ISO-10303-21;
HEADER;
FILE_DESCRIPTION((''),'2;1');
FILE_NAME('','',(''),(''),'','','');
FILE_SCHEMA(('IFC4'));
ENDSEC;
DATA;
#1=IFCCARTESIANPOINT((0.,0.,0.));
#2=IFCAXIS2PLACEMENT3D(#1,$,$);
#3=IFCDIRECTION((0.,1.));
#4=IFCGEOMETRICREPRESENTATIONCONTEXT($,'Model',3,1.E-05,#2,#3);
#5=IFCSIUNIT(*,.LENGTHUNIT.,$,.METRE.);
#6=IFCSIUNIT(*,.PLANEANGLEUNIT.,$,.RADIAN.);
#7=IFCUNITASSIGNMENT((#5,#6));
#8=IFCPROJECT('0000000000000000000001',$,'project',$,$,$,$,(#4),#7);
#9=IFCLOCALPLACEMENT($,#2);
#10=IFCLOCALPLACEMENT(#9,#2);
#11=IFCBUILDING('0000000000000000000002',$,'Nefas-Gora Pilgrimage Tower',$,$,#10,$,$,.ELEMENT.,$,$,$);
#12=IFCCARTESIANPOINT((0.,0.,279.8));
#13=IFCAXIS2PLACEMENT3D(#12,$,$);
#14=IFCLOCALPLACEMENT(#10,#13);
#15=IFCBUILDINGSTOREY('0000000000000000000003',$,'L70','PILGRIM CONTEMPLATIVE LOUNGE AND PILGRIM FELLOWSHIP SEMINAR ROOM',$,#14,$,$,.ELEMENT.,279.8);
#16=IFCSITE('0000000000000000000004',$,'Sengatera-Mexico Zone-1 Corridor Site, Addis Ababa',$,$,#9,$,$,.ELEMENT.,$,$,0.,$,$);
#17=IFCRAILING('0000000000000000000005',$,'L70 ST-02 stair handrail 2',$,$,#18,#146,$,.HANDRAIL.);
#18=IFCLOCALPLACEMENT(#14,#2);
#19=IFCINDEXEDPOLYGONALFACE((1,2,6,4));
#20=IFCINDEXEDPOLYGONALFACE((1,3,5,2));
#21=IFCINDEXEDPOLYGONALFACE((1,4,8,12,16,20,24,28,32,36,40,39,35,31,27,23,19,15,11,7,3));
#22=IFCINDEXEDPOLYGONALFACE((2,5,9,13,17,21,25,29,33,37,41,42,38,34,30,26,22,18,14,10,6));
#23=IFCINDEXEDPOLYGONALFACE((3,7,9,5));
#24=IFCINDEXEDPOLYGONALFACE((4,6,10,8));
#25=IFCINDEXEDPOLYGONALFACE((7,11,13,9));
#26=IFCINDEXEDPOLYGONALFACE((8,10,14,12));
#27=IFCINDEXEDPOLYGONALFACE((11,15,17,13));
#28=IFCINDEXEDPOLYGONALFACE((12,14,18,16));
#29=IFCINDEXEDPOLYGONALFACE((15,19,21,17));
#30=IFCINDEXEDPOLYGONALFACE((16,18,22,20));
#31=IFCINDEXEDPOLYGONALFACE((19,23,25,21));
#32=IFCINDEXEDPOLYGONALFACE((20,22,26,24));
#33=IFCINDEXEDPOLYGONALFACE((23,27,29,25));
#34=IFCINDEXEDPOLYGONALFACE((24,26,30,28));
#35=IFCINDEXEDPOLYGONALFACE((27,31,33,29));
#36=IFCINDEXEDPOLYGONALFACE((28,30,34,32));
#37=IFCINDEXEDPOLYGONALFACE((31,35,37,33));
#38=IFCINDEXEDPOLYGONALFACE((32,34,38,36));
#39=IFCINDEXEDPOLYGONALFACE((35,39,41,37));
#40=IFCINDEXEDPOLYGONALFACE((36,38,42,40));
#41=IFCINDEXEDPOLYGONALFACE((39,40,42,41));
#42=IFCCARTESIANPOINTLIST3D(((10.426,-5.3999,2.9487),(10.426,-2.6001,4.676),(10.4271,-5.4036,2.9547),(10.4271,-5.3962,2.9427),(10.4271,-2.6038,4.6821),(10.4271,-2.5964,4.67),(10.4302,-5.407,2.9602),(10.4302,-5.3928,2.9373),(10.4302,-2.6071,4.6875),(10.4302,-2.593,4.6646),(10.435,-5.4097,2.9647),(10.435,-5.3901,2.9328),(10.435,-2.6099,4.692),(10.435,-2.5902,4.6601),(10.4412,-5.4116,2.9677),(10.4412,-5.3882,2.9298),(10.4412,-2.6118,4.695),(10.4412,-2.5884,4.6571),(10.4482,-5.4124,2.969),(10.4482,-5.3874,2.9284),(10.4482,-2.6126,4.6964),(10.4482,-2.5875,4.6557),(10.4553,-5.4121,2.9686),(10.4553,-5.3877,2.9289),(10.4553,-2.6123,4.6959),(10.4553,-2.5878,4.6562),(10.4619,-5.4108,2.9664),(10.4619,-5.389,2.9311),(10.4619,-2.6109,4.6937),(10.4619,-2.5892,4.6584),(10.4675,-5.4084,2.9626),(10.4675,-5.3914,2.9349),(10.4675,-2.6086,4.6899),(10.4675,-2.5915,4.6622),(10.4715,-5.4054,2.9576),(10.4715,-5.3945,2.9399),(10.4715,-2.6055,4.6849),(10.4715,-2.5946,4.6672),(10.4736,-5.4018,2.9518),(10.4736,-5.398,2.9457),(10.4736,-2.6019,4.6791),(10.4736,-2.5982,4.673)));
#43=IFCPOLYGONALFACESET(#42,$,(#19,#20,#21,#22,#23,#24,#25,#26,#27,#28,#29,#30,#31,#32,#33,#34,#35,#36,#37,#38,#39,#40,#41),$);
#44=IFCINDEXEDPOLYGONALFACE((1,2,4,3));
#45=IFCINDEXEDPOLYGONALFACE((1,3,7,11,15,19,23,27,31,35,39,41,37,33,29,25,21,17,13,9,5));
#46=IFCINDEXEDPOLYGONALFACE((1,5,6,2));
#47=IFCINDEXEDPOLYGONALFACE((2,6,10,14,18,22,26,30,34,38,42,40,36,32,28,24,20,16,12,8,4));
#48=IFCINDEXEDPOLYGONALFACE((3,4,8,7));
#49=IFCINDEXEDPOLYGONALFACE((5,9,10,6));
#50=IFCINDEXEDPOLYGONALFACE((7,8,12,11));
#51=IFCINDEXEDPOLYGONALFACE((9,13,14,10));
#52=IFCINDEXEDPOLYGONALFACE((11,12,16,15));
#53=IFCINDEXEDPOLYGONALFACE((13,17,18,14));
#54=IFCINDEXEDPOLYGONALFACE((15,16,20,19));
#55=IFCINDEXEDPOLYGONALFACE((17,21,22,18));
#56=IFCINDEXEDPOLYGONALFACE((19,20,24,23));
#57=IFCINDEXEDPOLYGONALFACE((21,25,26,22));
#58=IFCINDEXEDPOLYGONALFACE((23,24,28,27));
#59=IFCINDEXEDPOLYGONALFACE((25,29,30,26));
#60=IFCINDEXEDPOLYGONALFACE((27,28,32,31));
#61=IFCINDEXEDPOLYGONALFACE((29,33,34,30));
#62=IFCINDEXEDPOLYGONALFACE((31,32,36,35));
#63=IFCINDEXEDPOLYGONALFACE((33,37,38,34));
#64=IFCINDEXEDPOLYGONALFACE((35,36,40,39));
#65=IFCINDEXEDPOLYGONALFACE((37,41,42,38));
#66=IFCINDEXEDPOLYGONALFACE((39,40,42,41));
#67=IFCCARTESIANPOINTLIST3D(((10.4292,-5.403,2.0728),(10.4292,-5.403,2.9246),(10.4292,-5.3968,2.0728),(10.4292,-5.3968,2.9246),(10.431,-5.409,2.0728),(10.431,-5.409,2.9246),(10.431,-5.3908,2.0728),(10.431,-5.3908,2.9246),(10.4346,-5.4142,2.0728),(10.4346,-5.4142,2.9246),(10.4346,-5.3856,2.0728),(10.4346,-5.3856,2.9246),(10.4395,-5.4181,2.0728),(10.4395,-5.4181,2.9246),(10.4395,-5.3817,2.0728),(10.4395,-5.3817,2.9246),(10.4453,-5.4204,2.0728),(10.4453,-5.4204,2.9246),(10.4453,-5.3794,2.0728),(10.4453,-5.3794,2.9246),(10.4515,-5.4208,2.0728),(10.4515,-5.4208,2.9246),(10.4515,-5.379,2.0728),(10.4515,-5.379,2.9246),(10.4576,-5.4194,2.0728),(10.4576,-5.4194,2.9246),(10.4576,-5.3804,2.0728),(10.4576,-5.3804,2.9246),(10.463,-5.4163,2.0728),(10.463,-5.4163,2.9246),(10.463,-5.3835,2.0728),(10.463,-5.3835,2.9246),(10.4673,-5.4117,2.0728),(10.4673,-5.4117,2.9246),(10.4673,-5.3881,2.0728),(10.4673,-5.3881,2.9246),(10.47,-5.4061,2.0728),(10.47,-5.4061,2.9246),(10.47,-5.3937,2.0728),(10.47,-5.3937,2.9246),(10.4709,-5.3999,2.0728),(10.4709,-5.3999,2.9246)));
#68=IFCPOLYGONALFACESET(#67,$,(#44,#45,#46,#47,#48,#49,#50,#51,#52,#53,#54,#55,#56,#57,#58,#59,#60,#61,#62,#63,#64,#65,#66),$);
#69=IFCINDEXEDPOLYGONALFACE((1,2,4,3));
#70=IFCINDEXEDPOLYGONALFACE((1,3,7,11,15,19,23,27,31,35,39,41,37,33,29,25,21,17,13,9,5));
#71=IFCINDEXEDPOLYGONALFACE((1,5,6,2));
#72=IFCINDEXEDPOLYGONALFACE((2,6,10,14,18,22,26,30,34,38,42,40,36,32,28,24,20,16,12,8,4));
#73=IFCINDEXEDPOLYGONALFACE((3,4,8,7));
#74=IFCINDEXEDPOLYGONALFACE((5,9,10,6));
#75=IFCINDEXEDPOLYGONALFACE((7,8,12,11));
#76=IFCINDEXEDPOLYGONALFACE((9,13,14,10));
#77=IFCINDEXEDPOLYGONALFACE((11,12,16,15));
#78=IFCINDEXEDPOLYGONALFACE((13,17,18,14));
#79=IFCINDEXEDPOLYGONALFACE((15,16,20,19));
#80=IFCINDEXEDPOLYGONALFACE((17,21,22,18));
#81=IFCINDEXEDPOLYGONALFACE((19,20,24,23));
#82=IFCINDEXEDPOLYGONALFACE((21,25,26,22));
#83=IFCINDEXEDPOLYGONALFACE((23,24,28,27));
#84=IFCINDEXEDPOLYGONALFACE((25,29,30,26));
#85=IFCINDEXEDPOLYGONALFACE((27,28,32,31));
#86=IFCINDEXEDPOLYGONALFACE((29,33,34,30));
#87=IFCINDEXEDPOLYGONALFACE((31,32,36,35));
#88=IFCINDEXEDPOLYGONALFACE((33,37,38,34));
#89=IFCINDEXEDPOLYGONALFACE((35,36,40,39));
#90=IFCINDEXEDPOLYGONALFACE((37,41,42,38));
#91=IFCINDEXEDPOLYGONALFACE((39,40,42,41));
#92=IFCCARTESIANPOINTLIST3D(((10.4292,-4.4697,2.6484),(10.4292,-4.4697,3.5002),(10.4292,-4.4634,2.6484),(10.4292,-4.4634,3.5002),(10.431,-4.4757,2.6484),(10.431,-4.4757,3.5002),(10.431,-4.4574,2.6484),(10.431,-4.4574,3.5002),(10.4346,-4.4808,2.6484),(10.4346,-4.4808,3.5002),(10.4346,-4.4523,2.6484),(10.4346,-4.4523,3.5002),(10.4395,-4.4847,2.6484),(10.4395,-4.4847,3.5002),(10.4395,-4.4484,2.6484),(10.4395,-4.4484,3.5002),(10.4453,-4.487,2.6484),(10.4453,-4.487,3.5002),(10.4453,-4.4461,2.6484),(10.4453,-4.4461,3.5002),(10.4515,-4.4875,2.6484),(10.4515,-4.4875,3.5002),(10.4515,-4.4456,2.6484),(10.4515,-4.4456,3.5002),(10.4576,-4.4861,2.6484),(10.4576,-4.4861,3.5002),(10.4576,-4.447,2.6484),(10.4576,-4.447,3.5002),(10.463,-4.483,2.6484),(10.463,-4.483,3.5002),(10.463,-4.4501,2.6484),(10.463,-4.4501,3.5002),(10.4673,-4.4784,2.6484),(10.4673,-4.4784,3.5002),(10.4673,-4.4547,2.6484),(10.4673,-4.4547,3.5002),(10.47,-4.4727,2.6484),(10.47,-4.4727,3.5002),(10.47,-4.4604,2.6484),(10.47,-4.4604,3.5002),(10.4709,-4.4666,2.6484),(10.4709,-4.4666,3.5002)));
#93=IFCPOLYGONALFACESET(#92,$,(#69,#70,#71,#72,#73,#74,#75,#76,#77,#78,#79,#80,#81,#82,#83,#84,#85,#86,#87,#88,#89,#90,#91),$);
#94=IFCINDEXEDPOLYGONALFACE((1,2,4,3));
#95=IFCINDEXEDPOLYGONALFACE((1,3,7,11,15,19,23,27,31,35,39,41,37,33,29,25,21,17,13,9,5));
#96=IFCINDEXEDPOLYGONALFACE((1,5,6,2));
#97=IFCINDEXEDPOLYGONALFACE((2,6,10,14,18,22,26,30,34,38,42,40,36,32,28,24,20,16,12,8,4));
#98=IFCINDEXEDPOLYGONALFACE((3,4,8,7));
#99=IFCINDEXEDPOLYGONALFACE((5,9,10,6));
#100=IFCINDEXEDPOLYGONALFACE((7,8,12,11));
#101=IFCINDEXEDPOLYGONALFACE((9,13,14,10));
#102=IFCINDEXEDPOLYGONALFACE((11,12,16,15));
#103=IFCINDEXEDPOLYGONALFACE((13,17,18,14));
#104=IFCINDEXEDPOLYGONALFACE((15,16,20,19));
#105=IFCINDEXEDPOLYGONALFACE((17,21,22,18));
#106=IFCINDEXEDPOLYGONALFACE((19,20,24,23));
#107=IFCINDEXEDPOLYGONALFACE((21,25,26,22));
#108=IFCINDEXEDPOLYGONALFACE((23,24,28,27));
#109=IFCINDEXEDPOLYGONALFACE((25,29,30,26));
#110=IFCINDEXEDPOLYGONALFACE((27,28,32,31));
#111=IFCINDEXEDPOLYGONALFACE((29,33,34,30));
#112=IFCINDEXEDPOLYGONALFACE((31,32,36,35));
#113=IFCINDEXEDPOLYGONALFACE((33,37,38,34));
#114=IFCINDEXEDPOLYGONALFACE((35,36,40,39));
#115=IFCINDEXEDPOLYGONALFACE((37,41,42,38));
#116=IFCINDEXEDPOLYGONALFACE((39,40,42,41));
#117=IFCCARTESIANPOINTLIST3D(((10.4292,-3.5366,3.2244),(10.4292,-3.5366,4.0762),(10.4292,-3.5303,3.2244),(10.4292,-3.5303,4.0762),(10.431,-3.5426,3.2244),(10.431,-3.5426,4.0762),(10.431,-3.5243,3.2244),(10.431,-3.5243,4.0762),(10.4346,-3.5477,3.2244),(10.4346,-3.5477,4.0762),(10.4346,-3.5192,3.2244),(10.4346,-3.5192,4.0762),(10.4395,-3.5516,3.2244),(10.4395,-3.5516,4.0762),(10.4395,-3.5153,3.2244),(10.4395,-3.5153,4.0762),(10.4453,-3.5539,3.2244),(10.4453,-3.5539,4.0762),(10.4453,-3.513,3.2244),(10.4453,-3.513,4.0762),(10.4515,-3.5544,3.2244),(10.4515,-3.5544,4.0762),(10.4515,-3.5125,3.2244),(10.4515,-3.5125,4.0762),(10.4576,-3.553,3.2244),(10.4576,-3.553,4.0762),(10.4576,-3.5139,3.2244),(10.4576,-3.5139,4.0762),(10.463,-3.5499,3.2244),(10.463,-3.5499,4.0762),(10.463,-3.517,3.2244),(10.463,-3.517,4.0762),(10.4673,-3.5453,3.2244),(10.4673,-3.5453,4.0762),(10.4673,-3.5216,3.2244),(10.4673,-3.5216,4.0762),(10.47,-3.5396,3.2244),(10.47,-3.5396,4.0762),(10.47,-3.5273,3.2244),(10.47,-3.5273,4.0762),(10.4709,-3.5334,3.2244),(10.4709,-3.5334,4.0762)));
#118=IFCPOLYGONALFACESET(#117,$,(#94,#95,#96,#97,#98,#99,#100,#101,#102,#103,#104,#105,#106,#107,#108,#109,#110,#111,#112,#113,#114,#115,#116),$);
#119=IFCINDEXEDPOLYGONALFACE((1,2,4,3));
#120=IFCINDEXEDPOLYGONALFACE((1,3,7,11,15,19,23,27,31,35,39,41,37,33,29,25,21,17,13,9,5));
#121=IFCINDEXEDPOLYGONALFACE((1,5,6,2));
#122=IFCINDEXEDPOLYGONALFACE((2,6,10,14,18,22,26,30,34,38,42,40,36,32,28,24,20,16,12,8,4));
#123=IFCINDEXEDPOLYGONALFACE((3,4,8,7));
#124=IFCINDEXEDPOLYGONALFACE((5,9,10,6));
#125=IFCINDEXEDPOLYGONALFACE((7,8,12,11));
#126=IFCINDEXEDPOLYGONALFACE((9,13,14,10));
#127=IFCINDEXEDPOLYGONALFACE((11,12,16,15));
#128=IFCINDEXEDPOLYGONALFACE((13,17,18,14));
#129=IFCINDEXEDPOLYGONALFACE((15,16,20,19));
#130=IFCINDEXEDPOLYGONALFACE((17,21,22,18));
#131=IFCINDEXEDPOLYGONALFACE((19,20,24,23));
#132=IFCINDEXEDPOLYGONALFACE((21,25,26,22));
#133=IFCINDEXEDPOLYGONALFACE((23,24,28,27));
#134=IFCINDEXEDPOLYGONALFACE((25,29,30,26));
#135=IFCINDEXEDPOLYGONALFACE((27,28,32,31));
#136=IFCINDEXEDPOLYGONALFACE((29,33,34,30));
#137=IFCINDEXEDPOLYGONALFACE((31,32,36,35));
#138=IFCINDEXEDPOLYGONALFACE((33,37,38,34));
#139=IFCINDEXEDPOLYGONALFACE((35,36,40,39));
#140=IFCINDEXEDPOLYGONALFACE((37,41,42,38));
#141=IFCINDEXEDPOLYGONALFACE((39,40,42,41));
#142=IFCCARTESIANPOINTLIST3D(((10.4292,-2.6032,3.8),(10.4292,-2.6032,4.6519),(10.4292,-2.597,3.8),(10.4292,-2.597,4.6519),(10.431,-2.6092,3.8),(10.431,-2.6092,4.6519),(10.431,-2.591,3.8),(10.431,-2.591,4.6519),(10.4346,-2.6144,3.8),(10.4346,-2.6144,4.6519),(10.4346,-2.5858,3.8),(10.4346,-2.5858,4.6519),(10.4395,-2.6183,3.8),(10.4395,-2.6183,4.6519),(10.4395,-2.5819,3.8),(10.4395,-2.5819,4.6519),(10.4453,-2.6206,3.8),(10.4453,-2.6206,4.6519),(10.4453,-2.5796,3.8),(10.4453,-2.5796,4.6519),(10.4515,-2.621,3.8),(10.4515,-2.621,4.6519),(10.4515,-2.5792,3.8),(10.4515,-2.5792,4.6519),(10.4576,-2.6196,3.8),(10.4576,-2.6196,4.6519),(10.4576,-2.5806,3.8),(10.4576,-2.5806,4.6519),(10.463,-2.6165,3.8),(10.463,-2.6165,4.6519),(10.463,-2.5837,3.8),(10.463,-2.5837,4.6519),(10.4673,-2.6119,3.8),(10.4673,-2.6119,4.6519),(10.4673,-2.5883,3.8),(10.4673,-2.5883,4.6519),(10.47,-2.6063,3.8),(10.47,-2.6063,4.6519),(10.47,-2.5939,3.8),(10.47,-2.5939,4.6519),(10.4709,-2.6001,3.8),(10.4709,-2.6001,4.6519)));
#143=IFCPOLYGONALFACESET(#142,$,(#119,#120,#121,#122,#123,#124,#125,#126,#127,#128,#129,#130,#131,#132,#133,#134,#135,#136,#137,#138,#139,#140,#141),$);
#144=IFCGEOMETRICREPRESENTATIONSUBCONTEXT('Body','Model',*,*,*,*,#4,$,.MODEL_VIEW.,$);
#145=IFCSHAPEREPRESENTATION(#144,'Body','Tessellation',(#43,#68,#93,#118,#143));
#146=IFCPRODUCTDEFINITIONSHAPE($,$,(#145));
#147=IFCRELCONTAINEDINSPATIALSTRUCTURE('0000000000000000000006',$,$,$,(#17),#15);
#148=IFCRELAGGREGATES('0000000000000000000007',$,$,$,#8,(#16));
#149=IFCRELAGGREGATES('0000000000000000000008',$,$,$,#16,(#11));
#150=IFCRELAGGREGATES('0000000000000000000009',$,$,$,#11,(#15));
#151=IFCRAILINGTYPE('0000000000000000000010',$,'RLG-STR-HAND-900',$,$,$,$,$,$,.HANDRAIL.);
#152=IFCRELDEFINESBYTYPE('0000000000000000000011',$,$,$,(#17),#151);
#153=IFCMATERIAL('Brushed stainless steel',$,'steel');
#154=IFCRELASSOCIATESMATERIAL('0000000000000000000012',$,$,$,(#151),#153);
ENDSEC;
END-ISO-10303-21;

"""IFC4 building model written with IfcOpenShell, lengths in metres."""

from ifc_helpers import new_model, si_unit, direction, frame, origin, origin_2d, place, context, subcontext, project, spatial, circle, extrude, material, type_object, element, save


model = new_model("IFC4")

# Units and contexts
model_context = context("Model", 3, precision=1e-05, world=origin(), true_north=direction((0.0, 1.0)))
body_context = subcontext(model_context, "Body", "Model", "MODEL_VIEW")
ifc_project = project(units=[si_unit("LENGTHUNIT", "METRE"), si_unit("PLANEANGLEUNIT", "RADIAN")], contexts=[model_context])

# Site, building, storey
site_placement = place(None, origin())
site = spatial("IfcSite", under=ifc_project, at=site_placement, Name="Sengatera-Mexico Zone-1 Corridor Site, Addis Ababa", CompositionType="ELEMENT", RefElevation=0.0)
building_placement = place(site_placement, origin())
building = spatial("IfcBuilding", under=site, at=building_placement, Name="Nefas-Gora Pilgrimage Tower", CompositionType="ELEMENT")
storey_placement = place(building_placement, frame((0.0, 0.0, 279.8)))
storey = spatial("IfcBuildingStorey", under=building, at=storey_placement, Name="L70", Description="PILGRIM CONTEMPLATIVE LOUNGE AND PILGRIM FELLOWSHIP SEMINAR ROOM", CompositionType="ELEMENT", Elevation=279.8)

# Railing
ifc_material_1 = material(Name="Brushed stainless steel", Category="steel")
railing_type_1 = type_object("IfcRailingType", Name="RLG-STR-HAND-900", PredefinedType="HANDRAIL", material=ifc_material_1)
railing_1_placement = place(storey_placement, frame((10.45, -5.3999, 2.0728)))
element("IfcRailing", 1, at=railing_1_placement, inside=storey, type_object=railing_type_1, Name="L70 ST-02 stair handrail 2", PredefinedType="HANDRAIL", context=body_context, shape_type="SweptSolid", body=[
    extrude(circle(Radius=0.0239, at=origin_2d()), frame((0.0, 0.0, 0.876), z_axis=(0.0, 0.851069, 0.525054), x_axis=(-1.0, 0.0, 0.0)), (0.0, 0.0, 1.0), 3.2898),
    extrude(circle(Radius=0.021, at=origin_2d()), origin(), (0.0, 0.0, 1.0), 0.8518),
    extrude(circle(Radius=0.021, at=origin_2d()), frame((0.0, 0.9333, 0.5757)), (0.0, 0.0, 1.0), 0.8518),
    extrude(circle(Radius=0.021, at=origin_2d()), frame((0.0, 1.8665, 1.1516)), (0.0, 0.0, 1.0), 0.8518),
    extrude(circle(Radius=0.021, at=origin_2d()), frame((0.0, 2.7998, 1.7273)), (0.0, 0.0, 1.0), 0.8518),
])

save(model, "model.ifc")
